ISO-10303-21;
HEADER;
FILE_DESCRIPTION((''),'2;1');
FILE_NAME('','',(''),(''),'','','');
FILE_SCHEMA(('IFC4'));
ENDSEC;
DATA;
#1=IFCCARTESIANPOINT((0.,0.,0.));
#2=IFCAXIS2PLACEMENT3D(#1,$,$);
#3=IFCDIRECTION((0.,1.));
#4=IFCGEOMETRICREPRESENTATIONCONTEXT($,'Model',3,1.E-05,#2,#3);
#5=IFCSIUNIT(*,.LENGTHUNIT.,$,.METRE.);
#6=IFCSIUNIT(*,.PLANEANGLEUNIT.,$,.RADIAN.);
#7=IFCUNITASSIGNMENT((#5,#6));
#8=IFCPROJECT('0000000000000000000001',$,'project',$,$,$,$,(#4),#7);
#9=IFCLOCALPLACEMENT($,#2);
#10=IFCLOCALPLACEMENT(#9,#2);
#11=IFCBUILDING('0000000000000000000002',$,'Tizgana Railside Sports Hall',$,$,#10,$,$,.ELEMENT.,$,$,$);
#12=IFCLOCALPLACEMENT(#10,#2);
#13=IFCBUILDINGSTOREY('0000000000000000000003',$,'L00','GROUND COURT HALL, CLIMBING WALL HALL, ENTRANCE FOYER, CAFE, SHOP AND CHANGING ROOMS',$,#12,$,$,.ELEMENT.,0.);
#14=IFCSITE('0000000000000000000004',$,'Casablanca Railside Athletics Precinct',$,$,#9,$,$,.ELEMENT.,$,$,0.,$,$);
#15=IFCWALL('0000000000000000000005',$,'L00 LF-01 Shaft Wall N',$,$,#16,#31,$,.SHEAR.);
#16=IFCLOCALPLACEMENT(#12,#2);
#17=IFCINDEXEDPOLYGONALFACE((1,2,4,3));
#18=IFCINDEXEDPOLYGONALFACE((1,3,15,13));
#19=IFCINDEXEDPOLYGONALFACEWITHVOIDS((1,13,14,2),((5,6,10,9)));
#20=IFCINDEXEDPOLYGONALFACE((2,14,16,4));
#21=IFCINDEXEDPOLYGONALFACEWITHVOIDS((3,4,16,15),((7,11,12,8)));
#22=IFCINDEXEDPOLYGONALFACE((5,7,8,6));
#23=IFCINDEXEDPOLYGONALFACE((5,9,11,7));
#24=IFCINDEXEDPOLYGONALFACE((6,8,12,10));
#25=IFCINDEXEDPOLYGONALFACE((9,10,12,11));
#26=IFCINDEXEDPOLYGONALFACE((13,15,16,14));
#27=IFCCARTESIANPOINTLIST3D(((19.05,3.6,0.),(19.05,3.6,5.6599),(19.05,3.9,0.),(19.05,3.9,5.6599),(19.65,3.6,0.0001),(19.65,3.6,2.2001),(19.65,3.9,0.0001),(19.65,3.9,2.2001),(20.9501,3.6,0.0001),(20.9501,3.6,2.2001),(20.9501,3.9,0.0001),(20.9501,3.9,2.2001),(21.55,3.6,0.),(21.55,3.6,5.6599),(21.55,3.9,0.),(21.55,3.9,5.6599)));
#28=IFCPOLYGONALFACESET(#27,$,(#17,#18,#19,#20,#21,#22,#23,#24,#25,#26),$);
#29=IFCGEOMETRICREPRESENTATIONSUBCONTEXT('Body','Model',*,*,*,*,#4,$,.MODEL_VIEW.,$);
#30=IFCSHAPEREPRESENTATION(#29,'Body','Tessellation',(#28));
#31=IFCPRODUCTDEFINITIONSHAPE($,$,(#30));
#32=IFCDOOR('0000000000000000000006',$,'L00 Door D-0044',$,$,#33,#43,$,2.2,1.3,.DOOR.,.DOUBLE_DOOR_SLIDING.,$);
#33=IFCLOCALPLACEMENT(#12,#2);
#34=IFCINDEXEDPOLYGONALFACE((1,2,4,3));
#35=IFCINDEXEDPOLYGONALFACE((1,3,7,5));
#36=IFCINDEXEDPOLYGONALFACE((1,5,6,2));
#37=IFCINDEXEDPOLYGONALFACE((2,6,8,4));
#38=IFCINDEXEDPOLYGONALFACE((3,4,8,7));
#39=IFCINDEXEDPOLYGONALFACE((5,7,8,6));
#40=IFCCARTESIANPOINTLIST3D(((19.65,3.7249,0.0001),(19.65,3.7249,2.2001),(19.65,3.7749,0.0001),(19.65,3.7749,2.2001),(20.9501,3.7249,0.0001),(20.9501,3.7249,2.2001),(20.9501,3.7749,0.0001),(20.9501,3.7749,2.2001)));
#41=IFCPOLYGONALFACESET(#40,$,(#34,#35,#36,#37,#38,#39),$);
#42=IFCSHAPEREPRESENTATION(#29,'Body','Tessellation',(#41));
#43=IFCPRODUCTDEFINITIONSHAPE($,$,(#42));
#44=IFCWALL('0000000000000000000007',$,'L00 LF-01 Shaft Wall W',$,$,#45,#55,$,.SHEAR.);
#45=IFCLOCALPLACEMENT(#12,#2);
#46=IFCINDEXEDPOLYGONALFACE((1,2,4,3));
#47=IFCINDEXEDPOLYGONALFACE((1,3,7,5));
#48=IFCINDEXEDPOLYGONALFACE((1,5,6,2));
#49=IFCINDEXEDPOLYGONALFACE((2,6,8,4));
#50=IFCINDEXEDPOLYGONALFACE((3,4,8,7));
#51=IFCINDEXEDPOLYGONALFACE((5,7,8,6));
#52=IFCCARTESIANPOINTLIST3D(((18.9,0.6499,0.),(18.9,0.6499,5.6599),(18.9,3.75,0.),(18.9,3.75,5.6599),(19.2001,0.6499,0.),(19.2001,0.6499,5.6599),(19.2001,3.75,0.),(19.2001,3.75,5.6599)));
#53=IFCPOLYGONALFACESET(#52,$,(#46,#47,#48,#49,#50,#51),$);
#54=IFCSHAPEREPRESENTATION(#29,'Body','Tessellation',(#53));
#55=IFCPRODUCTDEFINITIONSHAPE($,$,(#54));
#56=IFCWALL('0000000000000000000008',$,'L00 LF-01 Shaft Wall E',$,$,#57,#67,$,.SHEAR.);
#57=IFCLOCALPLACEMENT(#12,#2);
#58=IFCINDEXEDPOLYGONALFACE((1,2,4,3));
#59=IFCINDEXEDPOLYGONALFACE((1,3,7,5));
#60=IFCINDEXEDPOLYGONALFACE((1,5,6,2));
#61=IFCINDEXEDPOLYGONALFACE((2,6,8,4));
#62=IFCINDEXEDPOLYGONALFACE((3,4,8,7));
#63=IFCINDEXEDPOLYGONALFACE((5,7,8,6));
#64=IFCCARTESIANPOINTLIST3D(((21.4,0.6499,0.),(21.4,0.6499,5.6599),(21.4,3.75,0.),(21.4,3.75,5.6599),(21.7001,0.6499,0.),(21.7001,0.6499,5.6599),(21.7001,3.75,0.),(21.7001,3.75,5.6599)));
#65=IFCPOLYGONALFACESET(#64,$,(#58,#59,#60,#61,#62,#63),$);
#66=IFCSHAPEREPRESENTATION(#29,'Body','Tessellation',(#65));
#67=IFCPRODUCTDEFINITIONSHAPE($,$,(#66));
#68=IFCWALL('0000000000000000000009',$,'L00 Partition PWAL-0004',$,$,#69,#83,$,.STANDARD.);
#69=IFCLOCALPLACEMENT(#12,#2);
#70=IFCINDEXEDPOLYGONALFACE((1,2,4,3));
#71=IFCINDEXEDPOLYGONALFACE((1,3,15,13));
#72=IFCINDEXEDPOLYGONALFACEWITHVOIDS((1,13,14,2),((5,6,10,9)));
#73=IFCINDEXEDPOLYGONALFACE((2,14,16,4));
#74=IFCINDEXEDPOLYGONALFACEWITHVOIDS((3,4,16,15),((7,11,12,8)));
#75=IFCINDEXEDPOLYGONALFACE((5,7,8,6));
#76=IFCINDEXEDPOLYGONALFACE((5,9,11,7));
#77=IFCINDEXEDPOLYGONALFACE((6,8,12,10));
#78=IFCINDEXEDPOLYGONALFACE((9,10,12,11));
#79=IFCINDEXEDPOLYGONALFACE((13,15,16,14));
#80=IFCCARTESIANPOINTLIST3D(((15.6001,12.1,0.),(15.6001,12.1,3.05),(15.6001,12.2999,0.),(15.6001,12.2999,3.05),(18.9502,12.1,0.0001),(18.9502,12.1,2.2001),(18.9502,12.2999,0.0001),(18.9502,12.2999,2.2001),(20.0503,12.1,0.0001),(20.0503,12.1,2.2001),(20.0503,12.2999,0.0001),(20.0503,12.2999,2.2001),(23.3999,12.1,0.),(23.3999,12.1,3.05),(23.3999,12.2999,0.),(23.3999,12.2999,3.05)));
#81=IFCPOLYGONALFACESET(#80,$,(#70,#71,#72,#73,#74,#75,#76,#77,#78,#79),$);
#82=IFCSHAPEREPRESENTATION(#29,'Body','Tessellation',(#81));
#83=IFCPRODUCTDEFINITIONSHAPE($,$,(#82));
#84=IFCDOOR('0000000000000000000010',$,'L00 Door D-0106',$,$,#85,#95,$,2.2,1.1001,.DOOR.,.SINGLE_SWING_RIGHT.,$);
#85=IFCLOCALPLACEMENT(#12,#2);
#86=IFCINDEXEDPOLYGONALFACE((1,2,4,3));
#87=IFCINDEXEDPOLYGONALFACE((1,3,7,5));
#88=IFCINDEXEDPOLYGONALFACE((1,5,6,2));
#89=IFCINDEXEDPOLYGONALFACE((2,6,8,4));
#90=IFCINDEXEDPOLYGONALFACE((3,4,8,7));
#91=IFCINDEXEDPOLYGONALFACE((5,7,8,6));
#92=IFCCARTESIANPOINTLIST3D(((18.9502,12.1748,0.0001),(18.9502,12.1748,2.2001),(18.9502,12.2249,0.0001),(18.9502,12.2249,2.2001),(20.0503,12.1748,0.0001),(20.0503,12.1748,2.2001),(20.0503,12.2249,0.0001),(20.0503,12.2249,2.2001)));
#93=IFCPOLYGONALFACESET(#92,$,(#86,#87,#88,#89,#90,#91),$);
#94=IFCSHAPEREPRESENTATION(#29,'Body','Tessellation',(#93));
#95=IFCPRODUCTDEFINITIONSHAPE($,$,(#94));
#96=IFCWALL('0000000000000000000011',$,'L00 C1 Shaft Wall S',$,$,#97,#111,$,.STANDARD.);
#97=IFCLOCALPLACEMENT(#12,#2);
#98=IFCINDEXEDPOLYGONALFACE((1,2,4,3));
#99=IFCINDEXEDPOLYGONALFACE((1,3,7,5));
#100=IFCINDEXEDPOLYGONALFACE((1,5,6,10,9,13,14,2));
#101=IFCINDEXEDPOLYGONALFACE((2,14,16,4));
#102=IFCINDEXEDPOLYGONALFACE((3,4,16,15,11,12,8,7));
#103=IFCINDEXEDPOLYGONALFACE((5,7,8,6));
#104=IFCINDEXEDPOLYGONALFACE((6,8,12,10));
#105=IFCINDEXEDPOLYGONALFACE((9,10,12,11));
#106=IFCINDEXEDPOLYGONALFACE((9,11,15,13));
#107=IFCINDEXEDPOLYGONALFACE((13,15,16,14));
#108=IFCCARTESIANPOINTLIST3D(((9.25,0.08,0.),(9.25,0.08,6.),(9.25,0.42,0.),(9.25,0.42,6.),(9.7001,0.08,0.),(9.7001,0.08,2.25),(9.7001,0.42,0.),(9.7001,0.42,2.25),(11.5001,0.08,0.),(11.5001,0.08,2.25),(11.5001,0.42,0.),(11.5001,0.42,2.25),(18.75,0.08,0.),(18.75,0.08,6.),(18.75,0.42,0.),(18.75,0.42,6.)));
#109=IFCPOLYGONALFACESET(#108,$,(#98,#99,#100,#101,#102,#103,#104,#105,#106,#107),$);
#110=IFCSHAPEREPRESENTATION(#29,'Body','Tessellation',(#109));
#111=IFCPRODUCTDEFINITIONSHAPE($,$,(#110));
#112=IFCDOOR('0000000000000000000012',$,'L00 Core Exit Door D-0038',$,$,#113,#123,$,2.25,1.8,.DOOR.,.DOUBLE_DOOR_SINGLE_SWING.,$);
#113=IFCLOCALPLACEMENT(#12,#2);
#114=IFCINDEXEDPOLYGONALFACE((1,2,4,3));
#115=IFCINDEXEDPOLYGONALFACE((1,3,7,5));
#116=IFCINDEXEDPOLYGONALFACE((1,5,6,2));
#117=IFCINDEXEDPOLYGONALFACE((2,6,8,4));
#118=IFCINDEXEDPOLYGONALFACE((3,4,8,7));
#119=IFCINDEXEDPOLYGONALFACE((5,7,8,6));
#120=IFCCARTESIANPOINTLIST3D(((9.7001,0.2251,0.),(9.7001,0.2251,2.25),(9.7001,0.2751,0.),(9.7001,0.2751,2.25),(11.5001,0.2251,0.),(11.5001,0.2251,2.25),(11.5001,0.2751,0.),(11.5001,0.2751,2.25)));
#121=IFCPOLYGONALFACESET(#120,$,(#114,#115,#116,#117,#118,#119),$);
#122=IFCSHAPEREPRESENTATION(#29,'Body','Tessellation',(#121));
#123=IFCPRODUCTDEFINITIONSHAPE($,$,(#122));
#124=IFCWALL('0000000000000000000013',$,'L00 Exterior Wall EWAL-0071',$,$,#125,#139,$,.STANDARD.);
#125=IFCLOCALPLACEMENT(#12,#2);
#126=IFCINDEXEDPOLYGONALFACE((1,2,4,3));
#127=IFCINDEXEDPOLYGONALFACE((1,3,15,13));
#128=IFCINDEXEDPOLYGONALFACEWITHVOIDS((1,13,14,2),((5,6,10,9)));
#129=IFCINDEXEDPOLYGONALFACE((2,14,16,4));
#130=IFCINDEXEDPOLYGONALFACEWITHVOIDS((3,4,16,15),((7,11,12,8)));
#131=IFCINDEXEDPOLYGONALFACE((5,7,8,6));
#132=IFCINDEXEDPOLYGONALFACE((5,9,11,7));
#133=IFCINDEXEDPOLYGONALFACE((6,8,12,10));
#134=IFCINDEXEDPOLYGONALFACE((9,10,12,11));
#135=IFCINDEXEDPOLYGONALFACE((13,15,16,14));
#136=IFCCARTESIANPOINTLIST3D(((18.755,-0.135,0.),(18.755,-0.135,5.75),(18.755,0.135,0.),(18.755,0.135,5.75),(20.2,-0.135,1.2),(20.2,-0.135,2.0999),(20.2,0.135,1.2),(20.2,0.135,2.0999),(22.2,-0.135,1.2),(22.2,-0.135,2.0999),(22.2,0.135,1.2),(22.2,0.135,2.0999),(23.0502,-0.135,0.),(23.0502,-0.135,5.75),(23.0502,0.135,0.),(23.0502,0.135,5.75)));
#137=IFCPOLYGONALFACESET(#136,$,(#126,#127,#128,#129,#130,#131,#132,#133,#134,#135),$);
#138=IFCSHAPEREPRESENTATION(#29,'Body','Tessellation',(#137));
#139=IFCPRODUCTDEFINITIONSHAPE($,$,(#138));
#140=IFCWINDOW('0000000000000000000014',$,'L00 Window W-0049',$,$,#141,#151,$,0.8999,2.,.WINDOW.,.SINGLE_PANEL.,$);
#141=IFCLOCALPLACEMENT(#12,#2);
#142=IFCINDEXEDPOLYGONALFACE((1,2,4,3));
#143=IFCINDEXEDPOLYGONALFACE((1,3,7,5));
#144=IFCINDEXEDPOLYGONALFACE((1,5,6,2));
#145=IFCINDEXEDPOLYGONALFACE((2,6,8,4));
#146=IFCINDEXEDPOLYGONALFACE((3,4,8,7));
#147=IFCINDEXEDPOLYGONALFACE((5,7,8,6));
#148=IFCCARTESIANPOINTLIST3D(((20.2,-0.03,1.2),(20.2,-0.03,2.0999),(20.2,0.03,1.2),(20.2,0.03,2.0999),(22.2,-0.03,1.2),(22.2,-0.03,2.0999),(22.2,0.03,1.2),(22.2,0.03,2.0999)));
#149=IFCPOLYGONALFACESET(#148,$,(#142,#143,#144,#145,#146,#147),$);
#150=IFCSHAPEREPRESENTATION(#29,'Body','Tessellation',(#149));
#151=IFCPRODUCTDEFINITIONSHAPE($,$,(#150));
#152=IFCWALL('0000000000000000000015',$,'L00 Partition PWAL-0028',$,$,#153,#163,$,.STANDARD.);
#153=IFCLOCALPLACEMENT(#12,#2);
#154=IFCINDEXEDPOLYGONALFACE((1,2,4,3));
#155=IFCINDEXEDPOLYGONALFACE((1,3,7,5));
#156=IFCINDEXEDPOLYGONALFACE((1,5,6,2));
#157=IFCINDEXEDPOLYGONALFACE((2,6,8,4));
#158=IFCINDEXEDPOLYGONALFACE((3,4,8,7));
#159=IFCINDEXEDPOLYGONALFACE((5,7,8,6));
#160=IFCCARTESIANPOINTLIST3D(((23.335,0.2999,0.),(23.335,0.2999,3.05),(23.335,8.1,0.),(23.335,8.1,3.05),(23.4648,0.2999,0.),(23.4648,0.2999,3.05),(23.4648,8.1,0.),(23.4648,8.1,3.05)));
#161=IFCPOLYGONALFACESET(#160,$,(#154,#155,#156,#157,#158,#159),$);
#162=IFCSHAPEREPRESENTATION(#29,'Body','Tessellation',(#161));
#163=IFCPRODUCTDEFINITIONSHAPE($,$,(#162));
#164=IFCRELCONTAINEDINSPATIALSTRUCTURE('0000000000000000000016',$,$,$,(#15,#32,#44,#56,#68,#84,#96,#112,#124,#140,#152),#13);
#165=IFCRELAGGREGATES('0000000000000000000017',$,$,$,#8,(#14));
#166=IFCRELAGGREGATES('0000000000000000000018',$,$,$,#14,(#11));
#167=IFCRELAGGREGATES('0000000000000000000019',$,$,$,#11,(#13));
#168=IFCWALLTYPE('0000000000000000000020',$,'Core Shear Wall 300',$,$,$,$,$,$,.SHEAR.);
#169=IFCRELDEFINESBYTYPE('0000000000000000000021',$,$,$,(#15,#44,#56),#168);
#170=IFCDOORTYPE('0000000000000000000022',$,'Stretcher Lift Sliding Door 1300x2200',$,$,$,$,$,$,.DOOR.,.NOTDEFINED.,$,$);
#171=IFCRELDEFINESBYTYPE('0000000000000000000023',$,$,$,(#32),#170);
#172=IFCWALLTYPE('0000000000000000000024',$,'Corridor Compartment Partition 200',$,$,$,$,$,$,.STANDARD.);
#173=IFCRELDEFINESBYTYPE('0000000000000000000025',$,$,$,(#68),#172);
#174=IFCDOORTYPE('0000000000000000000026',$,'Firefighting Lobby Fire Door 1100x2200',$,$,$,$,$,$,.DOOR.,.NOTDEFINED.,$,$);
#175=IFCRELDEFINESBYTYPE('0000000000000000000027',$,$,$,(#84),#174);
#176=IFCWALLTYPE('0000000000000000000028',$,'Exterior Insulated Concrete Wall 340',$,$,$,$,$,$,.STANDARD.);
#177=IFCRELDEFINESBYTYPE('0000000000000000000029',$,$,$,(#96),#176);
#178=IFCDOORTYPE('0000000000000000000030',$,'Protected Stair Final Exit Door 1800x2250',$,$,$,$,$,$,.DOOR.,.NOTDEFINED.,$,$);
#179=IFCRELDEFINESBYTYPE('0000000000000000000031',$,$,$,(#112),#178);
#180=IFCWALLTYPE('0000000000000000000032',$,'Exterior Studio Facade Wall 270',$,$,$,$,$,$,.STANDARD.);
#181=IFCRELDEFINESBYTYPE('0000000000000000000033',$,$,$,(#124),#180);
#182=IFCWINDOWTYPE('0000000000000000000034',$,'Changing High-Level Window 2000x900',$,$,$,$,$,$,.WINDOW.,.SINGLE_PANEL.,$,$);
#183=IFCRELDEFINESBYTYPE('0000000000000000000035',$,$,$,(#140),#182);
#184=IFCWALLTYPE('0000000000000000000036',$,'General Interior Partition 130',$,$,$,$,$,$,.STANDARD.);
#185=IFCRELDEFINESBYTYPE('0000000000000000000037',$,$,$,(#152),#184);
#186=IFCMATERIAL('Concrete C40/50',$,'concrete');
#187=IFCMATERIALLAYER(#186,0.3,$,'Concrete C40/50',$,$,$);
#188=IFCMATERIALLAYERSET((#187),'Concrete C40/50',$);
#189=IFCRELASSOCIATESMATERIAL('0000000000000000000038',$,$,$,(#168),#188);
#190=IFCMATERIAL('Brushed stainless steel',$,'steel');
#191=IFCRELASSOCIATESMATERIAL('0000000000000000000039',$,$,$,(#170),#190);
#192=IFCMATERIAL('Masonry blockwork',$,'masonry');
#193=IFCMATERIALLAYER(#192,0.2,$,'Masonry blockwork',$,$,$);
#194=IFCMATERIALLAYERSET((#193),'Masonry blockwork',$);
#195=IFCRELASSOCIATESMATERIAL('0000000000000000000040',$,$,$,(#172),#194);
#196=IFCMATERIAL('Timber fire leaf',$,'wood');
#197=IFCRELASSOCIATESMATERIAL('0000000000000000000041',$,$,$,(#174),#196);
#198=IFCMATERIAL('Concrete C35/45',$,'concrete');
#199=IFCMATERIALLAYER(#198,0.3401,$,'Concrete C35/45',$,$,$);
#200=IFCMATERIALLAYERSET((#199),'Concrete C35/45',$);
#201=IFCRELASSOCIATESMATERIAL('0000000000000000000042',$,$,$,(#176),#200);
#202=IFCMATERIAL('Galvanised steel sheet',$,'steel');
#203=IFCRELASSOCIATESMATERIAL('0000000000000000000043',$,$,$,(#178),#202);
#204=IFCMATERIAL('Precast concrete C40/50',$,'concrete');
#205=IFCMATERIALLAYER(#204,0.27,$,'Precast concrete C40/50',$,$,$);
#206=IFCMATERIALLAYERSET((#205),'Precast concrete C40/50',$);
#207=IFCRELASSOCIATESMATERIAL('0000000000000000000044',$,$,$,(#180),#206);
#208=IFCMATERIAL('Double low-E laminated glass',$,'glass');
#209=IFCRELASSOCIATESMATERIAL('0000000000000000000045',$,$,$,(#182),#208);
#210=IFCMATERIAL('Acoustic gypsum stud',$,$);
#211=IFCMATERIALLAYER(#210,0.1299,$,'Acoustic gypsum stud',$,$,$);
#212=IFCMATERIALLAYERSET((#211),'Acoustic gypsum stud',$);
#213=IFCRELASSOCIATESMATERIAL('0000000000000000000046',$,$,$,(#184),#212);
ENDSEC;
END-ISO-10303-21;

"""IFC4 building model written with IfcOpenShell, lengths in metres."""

from ifc_helpers import new_model, si_unit, direction, frame, frame_2d, origin, place, context, subcontext, project, spatial, rectangle, extrude, material, layer, layer_set, type_object, element, fill, save


model = new_model("IFC4")

# Units and contexts
model_context = context("Model", 3, precision=1e-05, world=origin(), true_north=direction((0.0, 1.0)))
body_context = subcontext(model_context, "Body", "Model", "MODEL_VIEW")
ifc_project = project(units=[si_unit("LENGTHUNIT", "METRE"), si_unit("PLANEANGLEUNIT", "RADIAN")], contexts=[model_context])

# Site, building, storey
site_placement = place(None, origin())
site = spatial("IfcSite", under=ifc_project, at=site_placement, Name="Casablanca Railside Athletics Precinct", CompositionType="ELEMENT", RefElevation=0.0)
building_placement = place(site_placement, origin())
building = spatial("IfcBuilding", under=site, at=building_placement, Name="Tizgana Railside Sports Hall", CompositionType="ELEMENT")
storey_placement = place(building_placement, origin())
storey = spatial("IfcBuildingStorey", under=building, at=storey_placement, Name="L00", Description="GROUND COURT HALL, CLIMBING WALL HALL, ENTRANCE FOYER, CAFE, SHOP AND CHANGING ROOMS", CompositionType="ELEMENT", Elevation=0.0)

# Shared definitions
ifc_material_1 = material(Name="Concrete C40/50", Category="concrete")

# Shared definitions
ifc_material_2 = material(Name="Concrete C35/45", Category="concrete")

# Shared definitions
ifc_layer_1 = layer(ifc_material_1, 0.3, Name="Concrete C40/50")
ifc_layer_set_1 = layer_set([ifc_layer_1], Name="Concrete C40/50")
wall_type_1 = type_object("IfcWallType", Name="Core Shear Wall 300", PredefinedType="SHEAR", material=ifc_layer_set_1)

# Wall, opening, door
wall_1_placement = place(storey_placement, frame((19.05, 3.75, 0.0), z_axis=(0.0, 0.0, 1.0), x_axis=(1.0, 0.0, 0.0)))
wall_1 = element("IfcWall", 1, at=wall_1_placement, inside=storey, type_object=wall_type_1, Name="L00 LF-01 Shaft Wall N", PredefinedType="SHEAR", context=body_context, shape_type="SweptSolid", body=[
    extrude(rectangle(XDim=2.5, YDim=0.3, at=frame_2d((1.25, 0.0))), origin(), (0.0, 0.0, 1.0), 5.6599),
])
opening_1_placement = place(wall_1_placement, frame((0.6001, 0.0, 0.0)))
opening_1 = element("IfcOpeningElement", 2, at=opening_1_placement, cuts=wall_1, PredefinedType="OPENING", context=body_context, shape_type="SweptSolid", body=[
    extrude(rectangle(XDim=1.3, YDim=2.2, at=frame_2d((0.6499, 1.1001))), frame((0.0, 0.1599, 0.0), z_axis=(0.0, -1.0, 0.0), x_axis=(1.0, 0.0, 0.0)), (0.0, 0.0, 1.0), 0.3201),
])
ifc_material_3 = material(Name="Brushed stainless steel", Category="steel")
door_type_1 = type_object("IfcDoorType", Name="Stretcher Lift Sliding Door 1300x2200", OperationType="NOTDEFINED", PredefinedType="DOOR", material=ifc_material_3)
door_1_placement = place(opening_1_placement, origin())
door_1 = element("IfcDoor", 3, at=door_1_placement, inside=storey, type_object=door_type_1, Name="L00 Door D-0044", OperationType="DOUBLE_DOOR_SLIDING", OverallHeight=2.2, OverallWidth=1.3, PredefinedType="DOOR", context=body_context, shape_type="SweptSolid", body=[
    extrude(rectangle(XDim=1.3, YDim=2.2, at=frame_2d((0.6499, 1.1001))), frame((0.0, 0.0249, 0.0), z_axis=(0.0, -1.0, 0.0), x_axis=(1.0, 0.0, 0.0)), (0.0, 0.0, 1.0), 0.05),
])
fill(opening_1, door_1)

# Walls
for number, where, z_axis, x_axis, name in (
    (4, (19.05, 0.6499, 0.0), (0.0, 0.0, 1.0), (0.0, 1.0, 0.0), "L00 LF-01 Shaft Wall W"),
    (5, (21.55, 0.6499, 0.0), (0.0, 0.0, 1.0), (0.0, 1.0, 0.0), "L00 LF-01 Shaft Wall E"),
):
    element("IfcWall", number, at=place(storey_placement, frame(where, z_axis=z_axis, x_axis=x_axis)), inside=storey, type_object=wall_type_1, Name=name, PredefinedType="SHEAR", context=body_context, shape_type="SweptSolid", body=[
        extrude(rectangle(XDim=3.1001, YDim=0.3, at=frame_2d((1.55, 0.0))), origin(), (0.0, 0.0, 1.0), 5.6599),
    ])

# Walls, openings, doors
ifc_material_4 = material(Name="Masonry blockwork", Category="masonry")
ifc_layer_2 = layer(ifc_material_4, 0.2, Name="Masonry blockwork")
ifc_layer_set_2 = layer_set([ifc_layer_2], Name="Masonry blockwork")
wall_type_2 = type_object("IfcWallType", Name="Corridor Compartment Partition 200", PredefinedType="STANDARD", material=ifc_layer_set_2)
wall_2_placement = place(storey_placement, frame((15.6001, 12.2, 0.0), z_axis=(0.0, 0.0, 1.0), x_axis=(1.0, 0.0, 0.0)))
wall_2 = element("IfcWall", 6, at=wall_2_placement, inside=storey, type_object=wall_type_2, Name="L00 Partition PWAL-0004", PredefinedType="STANDARD", context=body_context, shape_type="SweptSolid", body=[
    extrude(rectangle(XDim=7.7998, YDim=0.2, at=frame_2d((3.8999, 0.0))), origin(), (0.0, 0.0, 1.0), 3.05),
])
opening_2_placement = place(wall_2_placement, frame((3.3501, 0.0, 0.0)))
opening_2 = element("IfcOpeningElement", 7, at=opening_2_placement, cuts=wall_2, PredefinedType="OPENING", context=body_context, shape_type="SweptSolid", body=[
    extrude(rectangle(XDim=1.1001, YDim=2.2, at=frame_2d((0.55, 1.1001))), frame((0.0, 0.1099, 0.0), z_axis=(0.0, -1.0, 0.0), x_axis=(1.0, 0.0, 0.0)), (0.0, 0.0, 1.0), 0.22),
])
ifc_material_5 = material(Name="Timber fire leaf", Category="wood")
door_type_2 = type_object("IfcDoorType", Name="Firefighting Lobby Fire Door 1100x2200", OperationType="NOTDEFINED", PredefinedType="DOOR", material=ifc_material_5)
door_2_placement = place(opening_2_placement, origin())
door_2 = element("IfcDoor", 8, at=door_2_placement, inside=storey, type_object=door_type_2, Name="L00 Door D-0106", OperationType="SINGLE_SWING_RIGHT", OverallHeight=2.2, OverallWidth=1.1001, PredefinedType="DOOR", context=body_context, shape_type="SweptSolid", body=[
    extrude(rectangle(XDim=1.1001, YDim=2.2, at=frame_2d((0.55, 1.1001))), frame((0.0, 0.0249, 0.0), z_axis=(0.0, -1.0, 0.0), x_axis=(1.0, 0.0, 0.0)), (0.0, 0.0, 1.0), 0.05),
])
fill(opening_2, door_2)
ifc_layer_3 = layer(ifc_material_2, 0.3401, Name="Concrete C35/45")
ifc_layer_set_3 = layer_set([ifc_layer_3], Name="Concrete C35/45")
wall_type_3 = type_object("IfcWallType", Name="Exterior Insulated Concrete Wall 340", PredefinedType="STANDARD", material=ifc_layer_set_3)
wall_3_placement = place(storey_placement, frame((18.75, 0.25, 0.0), z_axis=(0.0, 0.0, 1.0), x_axis=(-1.0, 0.0, 0.0)))
wall_3 = element("IfcWall", 9, at=wall_3_placement, inside=storey, type_object=wall_type_3, Name="L00 C1 Shaft Wall S", PredefinedType="STANDARD", context=body_context, shape_type="SweptSolid", body=[
    extrude(rectangle(XDim=9.5, YDim=0.3401, at=frame_2d((4.75, 0.0))), origin(), (0.0, 0.0, 1.0), 6.0),
])
opening_3_placement = place(wall_3_placement, frame((7.25, 0.0, 0.0)))
opening_3 = element("IfcOpeningElement", 10, at=opening_3_placement, cuts=wall_3, PredefinedType="OPENING", context=body_context, shape_type="SweptSolid", body=[
    extrude(rectangle(XDim=1.8, YDim=2.25, at=frame_2d((0.8999, 1.125))), frame((0.0, 0.1799, 0.0), z_axis=(0.0, -1.0, 0.0), x_axis=(1.0, 0.0, 0.0)), (0.0, 0.0, 1.0), 0.3601),
])
ifc_material_6 = material(Name="Galvanised steel sheet", Category="steel")
door_type_3 = type_object("IfcDoorType", Name="Protected Stair Final Exit Door 1800x2250", OperationType="NOTDEFINED", PredefinedType="DOOR", material=ifc_material_6)
door_3_placement = place(opening_3_placement, origin())
door_3 = element("IfcDoor", 11, at=door_3_placement, inside=storey, type_object=door_type_3, Name="L00 Core Exit Door D-0038", OperationType="DOUBLE_DOOR_SINGLE_SWING", OverallHeight=2.25, OverallWidth=1.8, PredefinedType="DOOR", context=body_context, shape_type="SweptSolid", body=[
    extrude(rectangle(XDim=1.8, YDim=2.25, at=frame_2d((0.8999, 1.125))), frame((0.0, 0.0249, 0.0), z_axis=(0.0, -1.0, 0.0), x_axis=(1.0, 0.0, 0.0)), (0.0, 0.0, 1.0), 0.05),
])
fill(opening_3, door_3)

# Wall, opening, window
ifc_material_7 = material(Name="Precast concrete C40/50", Category="concrete")
ifc_layer_4 = layer(ifc_material_7, 0.27, Name="Precast concrete C40/50")
ifc_layer_set_4 = layer_set([ifc_layer_4], Name="Precast concrete C40/50")
wall_type_4 = type_object("IfcWallType", Name="Exterior Studio Facade Wall 270", PredefinedType="STANDARD", material=ifc_layer_set_4)
wall_4_placement = place(storey_placement, frame((23.05, 0.0, 0.0), z_axis=(0.0, 0.0, 1.0), x_axis=(-1.0, 0.0, 0.0)))
wall_4 = element("IfcWall", 12, at=wall_4_placement, inside=storey, type_object=wall_type_4, Name="L00 Exterior Wall EWAL-0071", PredefinedType="STANDARD", context=body_context, shape_type="SweptSolid", body=[
    extrude(rectangle(XDim=4.2952, YDim=0.27, at=frame_2d((2.1475, 0.0))), origin(), (0.0, 0.0, 1.0), 5.75),
])
opening_4_placement = place(wall_4_placement, frame((0.8501, 0.0, 1.2)))
opening_4 = element("IfcOpeningElement", 13, at=opening_4_placement, cuts=wall_4, PredefinedType="OPENING", context=body_context, shape_type="SweptSolid", body=[
    extrude(rectangle(XDim=2.0, YDim=0.8999, at=frame_2d((1.0, 0.45))), frame((0.0, 0.145, 0.0), z_axis=(0.0, -1.0, 0.0), x_axis=(1.0, 0.0, 0.0)), (0.0, 0.0, 1.0), 0.29),
])
ifc_material_8 = material(Name="Double low-E laminated glass", Category="glass")
window_type = type_object("IfcWindowType", Name="Changing High-Level Window 2000x900", PartitioningType="SINGLE_PANEL", PredefinedType="WINDOW", material=ifc_material_8)
window_placement = place(opening_4_placement, origin())
window = element("IfcWindow", 14, at=window_placement, inside=storey, type_object=window_type, Name="L00 Window W-0049", OverallHeight=0.8999, OverallWidth=2.0, PartitioningType="SINGLE_PANEL", PredefinedType="WINDOW", context=body_context, shape_type="SweptSolid", body=[
    extrude(rectangle(XDim=2.0, YDim=0.8999, at=frame_2d((1.0, 0.45))), frame((0.0, 0.03, 0.0), z_axis=(0.0, -1.0, 0.0), x_axis=(1.0, 0.0, 0.0)), (0.0, 0.0, 1.0), 0.0601),
])
fill(opening_4, window)

# Wall
ifc_material_9 = material(Name="Acoustic gypsum stud")
ifc_layer_5 = layer(ifc_material_9, 0.1299, Name="Acoustic gypsum stud")
ifc_layer_set_5 = layer_set([ifc_layer_5], Name="Acoustic gypsum stud")
wall_type_5 = type_object("IfcWallType", Name="General Interior Partition 130", PredefinedType="STANDARD", material=ifc_layer_set_5)
wall_5_placement = place(storey_placement, frame((23.3999, 0.3, 0.0), z_axis=(0.0, 0.0, 1.0), x_axis=(0.0, 1.0, 0.0)))
element("IfcWall", 15, at=wall_5_placement, inside=storey, type_object=wall_type_5, Name="L00 Partition PWAL-0028", PredefinedType="STANDARD", context=body_context, shape_type="SweptSolid", body=[
    extrude(rectangle(XDim=7.8, YDim=0.1299, at=frame_2d((3.8999, 0.0))), origin(), (0.0, 0.0, 1.0), 3.05),
])

save(model, "model.ifc")
